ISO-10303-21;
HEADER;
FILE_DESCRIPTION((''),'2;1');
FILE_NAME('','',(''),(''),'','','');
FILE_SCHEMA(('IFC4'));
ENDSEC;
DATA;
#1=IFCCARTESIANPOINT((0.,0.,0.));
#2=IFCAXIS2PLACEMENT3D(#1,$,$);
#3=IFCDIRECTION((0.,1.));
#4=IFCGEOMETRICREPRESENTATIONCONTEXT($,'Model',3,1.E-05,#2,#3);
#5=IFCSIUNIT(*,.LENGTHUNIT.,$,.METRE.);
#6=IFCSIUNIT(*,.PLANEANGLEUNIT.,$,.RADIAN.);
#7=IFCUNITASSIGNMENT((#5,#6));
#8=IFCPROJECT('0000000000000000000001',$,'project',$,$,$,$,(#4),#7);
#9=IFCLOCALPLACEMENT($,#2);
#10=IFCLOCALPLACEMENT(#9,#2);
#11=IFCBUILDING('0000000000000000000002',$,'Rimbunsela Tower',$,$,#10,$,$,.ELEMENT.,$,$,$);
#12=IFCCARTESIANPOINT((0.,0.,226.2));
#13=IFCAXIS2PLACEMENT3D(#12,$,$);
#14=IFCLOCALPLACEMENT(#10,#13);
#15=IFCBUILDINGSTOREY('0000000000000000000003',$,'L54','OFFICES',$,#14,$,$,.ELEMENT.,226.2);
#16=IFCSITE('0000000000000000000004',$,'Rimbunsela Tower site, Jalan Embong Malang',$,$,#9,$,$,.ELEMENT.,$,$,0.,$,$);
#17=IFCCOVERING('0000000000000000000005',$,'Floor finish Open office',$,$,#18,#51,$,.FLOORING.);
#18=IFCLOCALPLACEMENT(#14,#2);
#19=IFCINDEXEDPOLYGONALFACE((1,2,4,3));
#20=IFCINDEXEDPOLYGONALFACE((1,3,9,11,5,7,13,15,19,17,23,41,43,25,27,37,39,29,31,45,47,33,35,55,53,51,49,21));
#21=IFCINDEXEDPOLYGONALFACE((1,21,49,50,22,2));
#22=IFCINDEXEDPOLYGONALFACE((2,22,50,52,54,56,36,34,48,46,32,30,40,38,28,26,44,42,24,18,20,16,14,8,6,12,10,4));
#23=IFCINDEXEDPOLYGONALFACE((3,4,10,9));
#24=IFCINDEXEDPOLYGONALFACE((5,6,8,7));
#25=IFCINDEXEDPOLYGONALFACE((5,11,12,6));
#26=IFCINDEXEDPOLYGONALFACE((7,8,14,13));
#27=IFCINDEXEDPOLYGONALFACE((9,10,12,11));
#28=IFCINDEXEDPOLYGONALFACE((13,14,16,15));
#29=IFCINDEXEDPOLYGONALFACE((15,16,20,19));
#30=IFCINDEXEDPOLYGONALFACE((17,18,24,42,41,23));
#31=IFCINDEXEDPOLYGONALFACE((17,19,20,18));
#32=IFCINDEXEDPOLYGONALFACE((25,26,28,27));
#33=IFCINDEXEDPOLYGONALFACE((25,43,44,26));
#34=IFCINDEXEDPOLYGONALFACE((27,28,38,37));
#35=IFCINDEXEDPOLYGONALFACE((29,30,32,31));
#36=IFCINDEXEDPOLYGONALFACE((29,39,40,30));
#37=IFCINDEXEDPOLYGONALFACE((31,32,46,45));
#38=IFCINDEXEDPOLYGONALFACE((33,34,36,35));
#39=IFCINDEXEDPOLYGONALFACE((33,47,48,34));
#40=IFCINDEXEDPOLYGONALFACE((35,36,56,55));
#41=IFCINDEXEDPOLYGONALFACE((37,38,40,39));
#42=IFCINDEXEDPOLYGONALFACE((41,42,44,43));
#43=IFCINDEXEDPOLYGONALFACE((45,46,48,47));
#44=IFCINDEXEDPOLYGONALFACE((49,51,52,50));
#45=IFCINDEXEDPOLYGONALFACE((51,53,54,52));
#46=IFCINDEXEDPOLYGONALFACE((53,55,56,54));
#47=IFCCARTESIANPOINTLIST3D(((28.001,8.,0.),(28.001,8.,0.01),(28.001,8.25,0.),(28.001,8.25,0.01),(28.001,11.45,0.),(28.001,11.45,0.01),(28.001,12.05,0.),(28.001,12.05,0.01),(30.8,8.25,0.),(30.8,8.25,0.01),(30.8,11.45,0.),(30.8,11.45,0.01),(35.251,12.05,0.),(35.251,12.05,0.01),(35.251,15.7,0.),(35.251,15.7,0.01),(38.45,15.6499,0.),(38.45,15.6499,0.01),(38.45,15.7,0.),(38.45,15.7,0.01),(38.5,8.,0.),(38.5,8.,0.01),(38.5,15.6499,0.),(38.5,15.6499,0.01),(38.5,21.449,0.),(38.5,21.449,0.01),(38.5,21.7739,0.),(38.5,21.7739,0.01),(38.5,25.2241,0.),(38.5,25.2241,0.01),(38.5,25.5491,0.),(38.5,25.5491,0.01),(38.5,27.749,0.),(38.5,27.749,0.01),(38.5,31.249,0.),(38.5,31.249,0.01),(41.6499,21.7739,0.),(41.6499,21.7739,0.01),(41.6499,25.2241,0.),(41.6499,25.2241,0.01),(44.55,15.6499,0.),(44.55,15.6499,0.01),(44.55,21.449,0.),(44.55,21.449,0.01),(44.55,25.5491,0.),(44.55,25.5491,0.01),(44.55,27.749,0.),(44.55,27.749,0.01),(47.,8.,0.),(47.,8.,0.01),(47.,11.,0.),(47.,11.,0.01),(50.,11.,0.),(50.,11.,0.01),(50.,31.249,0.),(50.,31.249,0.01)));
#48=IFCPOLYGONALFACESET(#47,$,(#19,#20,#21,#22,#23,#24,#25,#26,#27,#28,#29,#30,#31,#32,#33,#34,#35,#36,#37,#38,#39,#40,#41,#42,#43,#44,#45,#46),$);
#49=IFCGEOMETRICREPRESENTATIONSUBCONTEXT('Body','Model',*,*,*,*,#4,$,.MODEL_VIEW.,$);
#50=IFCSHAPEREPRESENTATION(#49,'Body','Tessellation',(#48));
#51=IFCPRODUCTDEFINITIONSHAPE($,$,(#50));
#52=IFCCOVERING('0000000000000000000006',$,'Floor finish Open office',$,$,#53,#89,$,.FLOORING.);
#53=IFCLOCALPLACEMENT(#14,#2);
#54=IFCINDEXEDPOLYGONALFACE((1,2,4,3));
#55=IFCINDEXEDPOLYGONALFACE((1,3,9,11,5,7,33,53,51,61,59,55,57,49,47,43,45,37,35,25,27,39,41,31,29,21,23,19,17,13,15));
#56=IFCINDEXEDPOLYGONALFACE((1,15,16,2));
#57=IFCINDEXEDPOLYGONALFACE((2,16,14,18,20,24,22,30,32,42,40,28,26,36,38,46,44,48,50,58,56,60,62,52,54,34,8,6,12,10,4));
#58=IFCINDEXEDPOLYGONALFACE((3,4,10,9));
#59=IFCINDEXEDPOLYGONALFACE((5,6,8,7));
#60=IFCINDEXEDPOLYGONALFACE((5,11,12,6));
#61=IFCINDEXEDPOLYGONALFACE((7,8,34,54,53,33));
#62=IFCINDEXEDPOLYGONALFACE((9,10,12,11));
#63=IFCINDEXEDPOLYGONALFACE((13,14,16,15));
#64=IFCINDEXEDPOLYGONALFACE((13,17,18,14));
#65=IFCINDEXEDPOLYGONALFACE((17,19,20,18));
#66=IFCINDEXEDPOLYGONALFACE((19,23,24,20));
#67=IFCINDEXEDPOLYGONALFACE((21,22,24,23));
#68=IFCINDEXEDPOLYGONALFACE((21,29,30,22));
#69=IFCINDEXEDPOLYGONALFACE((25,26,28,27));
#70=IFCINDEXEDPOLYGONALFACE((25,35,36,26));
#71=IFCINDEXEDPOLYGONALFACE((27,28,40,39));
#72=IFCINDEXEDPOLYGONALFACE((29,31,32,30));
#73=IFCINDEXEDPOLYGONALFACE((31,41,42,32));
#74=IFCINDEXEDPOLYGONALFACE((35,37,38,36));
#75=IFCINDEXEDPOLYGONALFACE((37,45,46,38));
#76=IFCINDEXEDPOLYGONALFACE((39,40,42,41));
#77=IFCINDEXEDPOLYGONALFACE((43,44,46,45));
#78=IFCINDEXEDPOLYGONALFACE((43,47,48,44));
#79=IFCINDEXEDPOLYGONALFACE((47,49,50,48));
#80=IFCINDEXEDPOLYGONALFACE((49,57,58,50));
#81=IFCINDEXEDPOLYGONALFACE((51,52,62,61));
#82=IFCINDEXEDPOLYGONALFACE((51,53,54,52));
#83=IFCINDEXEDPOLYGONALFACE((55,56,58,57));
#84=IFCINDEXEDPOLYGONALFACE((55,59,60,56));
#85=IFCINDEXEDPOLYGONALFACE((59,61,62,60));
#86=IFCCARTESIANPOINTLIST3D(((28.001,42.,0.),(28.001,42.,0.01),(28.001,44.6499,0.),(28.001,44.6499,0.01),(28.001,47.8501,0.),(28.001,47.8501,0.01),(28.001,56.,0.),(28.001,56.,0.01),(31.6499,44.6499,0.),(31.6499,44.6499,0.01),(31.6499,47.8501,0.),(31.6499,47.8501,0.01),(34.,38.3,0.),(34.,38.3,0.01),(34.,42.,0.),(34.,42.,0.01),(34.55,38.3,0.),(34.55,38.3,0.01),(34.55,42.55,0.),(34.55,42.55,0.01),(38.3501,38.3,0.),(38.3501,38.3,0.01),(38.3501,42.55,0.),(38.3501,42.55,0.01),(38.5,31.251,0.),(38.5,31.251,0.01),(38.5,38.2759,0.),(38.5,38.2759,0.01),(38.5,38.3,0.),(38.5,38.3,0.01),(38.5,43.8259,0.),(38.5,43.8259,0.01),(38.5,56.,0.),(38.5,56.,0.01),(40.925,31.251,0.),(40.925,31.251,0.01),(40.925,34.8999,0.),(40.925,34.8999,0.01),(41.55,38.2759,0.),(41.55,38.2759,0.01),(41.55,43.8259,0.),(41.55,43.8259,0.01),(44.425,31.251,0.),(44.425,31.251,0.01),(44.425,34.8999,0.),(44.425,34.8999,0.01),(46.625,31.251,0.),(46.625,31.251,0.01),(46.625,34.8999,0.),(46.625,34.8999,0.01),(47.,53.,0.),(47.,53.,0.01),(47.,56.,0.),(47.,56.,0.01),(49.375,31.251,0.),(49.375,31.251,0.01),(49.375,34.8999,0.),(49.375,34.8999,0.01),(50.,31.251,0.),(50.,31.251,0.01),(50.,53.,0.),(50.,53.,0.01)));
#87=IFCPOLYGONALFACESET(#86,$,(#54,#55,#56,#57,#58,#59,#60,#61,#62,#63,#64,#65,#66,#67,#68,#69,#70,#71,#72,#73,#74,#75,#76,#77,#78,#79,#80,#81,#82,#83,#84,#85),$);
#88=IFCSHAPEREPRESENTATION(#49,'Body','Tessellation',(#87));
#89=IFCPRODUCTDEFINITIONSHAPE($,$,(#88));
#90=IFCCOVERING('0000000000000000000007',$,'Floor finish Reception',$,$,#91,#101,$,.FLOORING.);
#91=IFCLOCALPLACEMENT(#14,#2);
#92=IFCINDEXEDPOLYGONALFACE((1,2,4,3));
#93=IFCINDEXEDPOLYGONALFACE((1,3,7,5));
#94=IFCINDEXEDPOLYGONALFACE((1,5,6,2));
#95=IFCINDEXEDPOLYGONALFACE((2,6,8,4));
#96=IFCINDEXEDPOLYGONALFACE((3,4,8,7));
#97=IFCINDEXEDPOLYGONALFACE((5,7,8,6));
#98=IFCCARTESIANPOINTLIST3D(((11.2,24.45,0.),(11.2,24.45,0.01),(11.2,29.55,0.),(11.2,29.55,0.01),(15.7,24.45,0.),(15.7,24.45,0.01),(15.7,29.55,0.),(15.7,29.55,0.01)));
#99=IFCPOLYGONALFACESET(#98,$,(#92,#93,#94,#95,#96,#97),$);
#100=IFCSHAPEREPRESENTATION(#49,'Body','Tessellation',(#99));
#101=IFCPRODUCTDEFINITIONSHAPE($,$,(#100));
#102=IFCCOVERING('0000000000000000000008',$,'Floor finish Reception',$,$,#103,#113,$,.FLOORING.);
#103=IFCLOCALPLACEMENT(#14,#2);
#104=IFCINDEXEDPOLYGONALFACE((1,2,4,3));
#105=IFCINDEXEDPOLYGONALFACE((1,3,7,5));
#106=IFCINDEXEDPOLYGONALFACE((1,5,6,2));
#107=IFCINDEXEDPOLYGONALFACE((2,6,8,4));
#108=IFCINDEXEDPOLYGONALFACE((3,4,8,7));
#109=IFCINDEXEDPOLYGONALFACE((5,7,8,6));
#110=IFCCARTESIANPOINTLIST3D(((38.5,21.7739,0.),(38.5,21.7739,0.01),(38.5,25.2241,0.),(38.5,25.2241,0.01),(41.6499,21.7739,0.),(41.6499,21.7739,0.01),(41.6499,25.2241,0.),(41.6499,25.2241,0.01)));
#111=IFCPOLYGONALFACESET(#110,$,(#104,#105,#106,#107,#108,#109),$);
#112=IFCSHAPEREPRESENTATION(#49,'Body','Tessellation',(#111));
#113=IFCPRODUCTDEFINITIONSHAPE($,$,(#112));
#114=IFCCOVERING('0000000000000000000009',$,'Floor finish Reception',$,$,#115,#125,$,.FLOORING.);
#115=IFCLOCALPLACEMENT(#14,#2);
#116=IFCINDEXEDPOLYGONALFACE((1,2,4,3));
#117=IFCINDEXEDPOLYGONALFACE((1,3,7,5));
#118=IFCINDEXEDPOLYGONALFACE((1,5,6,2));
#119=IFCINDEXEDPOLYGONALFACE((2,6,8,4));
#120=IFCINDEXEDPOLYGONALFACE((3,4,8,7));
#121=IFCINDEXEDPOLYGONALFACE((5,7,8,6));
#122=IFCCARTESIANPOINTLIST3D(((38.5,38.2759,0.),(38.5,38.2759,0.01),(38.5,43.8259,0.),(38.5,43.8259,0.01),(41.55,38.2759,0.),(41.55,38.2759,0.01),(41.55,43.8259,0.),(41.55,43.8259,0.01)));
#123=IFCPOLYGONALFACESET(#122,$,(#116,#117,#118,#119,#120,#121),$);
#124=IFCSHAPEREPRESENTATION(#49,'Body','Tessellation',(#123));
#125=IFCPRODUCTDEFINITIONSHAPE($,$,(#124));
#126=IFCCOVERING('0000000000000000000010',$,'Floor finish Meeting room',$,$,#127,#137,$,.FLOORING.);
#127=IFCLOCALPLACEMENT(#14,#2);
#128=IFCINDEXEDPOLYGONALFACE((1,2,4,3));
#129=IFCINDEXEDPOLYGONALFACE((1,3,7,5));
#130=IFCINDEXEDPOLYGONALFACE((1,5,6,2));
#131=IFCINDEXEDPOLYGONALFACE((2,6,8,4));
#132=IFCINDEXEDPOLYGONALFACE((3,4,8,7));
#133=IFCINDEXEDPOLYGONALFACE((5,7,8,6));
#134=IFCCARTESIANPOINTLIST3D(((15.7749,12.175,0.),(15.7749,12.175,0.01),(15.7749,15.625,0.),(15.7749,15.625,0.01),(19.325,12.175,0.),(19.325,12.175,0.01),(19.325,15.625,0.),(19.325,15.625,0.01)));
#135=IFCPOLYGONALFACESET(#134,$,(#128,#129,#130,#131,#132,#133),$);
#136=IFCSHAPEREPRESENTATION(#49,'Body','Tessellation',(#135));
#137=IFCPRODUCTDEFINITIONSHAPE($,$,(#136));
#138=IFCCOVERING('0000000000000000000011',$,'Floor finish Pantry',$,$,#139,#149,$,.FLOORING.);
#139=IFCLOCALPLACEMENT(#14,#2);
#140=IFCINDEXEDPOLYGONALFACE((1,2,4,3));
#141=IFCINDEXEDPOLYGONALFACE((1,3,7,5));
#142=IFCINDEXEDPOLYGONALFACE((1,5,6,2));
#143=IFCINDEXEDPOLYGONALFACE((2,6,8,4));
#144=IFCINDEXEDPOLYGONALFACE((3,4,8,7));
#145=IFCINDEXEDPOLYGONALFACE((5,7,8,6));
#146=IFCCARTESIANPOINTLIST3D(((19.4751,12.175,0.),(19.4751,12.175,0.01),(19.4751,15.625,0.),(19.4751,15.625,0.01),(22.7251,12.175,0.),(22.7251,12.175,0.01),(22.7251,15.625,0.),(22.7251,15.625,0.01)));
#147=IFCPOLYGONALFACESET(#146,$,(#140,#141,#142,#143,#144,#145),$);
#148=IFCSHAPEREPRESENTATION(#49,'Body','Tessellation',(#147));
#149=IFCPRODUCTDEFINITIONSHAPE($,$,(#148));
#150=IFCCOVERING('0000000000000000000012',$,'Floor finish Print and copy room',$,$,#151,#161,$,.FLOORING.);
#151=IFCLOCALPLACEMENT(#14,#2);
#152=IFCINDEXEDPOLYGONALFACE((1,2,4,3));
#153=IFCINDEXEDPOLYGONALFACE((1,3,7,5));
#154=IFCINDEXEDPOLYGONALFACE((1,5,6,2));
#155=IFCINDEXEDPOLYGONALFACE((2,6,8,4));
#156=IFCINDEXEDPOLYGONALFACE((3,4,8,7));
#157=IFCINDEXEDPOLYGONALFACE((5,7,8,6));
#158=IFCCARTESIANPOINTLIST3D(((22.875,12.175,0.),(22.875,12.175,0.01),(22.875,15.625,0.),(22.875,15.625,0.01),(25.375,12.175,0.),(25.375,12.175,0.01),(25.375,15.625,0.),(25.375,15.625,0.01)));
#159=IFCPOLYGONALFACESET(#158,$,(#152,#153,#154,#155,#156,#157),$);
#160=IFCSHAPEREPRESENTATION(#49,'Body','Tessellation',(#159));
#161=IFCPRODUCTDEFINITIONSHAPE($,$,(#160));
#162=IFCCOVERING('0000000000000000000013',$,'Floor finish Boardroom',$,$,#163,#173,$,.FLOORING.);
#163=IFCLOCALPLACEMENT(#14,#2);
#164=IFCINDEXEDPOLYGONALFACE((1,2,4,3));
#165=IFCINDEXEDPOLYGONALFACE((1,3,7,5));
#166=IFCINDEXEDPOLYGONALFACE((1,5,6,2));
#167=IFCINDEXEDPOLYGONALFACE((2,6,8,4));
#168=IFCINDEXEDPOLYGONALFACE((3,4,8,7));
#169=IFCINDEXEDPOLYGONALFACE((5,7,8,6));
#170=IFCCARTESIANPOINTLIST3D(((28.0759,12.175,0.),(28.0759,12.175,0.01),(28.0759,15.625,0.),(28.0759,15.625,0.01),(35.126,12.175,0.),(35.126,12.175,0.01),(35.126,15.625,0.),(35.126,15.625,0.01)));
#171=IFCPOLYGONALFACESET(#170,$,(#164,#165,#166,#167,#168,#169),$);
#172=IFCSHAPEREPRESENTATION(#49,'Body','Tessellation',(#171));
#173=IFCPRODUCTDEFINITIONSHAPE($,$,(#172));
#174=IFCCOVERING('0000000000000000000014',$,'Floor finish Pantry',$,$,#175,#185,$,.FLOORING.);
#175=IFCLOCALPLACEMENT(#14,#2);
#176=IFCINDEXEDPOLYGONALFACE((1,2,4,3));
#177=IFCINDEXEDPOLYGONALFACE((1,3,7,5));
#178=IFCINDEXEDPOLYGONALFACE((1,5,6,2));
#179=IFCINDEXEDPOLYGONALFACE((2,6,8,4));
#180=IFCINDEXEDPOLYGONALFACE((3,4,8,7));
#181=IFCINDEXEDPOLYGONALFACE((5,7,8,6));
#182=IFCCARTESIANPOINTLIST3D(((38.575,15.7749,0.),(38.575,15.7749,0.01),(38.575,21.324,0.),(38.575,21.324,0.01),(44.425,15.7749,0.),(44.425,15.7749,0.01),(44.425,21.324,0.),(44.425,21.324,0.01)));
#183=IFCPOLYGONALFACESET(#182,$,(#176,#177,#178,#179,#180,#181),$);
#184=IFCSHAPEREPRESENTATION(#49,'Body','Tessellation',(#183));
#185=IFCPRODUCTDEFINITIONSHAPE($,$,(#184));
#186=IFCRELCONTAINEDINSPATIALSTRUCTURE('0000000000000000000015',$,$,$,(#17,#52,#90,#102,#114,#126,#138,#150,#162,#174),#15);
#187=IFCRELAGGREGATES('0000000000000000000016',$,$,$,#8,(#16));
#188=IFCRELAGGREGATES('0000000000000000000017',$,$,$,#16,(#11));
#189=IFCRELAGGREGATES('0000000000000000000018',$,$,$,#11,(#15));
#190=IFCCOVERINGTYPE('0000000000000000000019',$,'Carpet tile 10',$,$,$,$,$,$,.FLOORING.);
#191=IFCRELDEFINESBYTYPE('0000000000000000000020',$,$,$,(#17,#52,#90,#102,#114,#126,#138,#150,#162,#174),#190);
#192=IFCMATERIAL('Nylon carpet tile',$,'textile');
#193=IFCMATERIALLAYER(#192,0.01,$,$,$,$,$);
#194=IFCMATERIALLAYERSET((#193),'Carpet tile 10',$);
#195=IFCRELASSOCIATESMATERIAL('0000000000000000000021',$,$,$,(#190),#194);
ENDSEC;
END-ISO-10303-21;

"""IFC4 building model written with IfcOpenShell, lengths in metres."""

from ifc_helpers import new_model, si_unit, direction, frame, origin, place, context, subcontext, project, spatial, polyline, outline, extrude, material, layer, layer_set, type_object, element, save


model = new_model("IFC4")

# Units and contexts
model_context = context("Model", 3, precision=1e-05, world=origin(), true_north=direction((0.0, 1.0)))
body_context = subcontext(model_context, "Body", "Model", "MODEL_VIEW")
ifc_project = project(units=[si_unit("LENGTHUNIT", "METRE"), si_unit("PLANEANGLEUNIT", "RADIAN")], contexts=[model_context])

# Site, building, storey
site_placement = place(None, origin())
site = spatial("IfcSite", under=ifc_project, at=site_placement, Name="Rimbunsela Tower site, Jalan Embong Malang", CompositionType="ELEMENT", RefElevation=0.0)
building_placement = place(site_placement, origin())
building = spatial("IfcBuilding", under=site, at=building_placement, Name="Rimbunsela Tower", CompositionType="ELEMENT")
storey_placement = place(building_placement, frame((0.0, 0.0, 226.2)))
storey = spatial("IfcBuildingStorey", under=building, at=storey_placement, Name="L54", Description="OFFICES", CompositionType="ELEMENT", Elevation=226.2)

# Coverings
ifc_material_1 = material(Name="Nylon carpet tile", Category="textile")
ifc_layer_1 = layer(ifc_material_1, 0.01)
ifc_layer_set_1 = layer_set([ifc_layer_1], Name="Carpet tile 10")
covering_type_1 = type_object("IfcCoveringType", Name="Carpet tile 10", PredefinedType="FLOORING", material=ifc_layer_set_1)
covering_1_placement = place(storey_placement, origin())
element("IfcCovering", 1, at=covering_1_placement, inside=storey, type_object=covering_type_1, Name="Floor finish Open office", PredefinedType="FLOORING", context=body_context, shape_type="SweptSolid", body=[
    extrude(outline(polyline([(28.001, 8.25), (30.8, 8.25), (30.8, 11.45), (28.001, 11.45), (28.001, 12.05), (35.251, 12.05), (35.251, 15.7), (38.45, 15.7), (38.45, 15.6499), (38.5, 15.6499), (44.55, 15.6499), (44.55, 21.449), (38.5, 21.449), (38.5, 21.7739), (41.6499, 21.7739), (41.6499, 25.2241), (38.5, 25.2241), (38.5, 25.5491), (44.55, 25.5491), (44.55, 27.749), (38.5, 27.749), (38.5, 31.249), (50.0, 31.249), (50.0, 11.0), (47.0, 11.0), (47.0, 8.0), (38.5, 8.0), (28.001, 8.0), (28.001, 8.25)])), origin(), (0.0, 0.0, 1.0), 0.01),
])
covering_2_placement = place(storey_placement, origin())
element("IfcCovering", 2, at=covering_2_placement, inside=storey, type_object=covering_type_1, Name="Floor finish Open office", PredefinedType="FLOORING", context=body_context, shape_type="SweptSolid", body=[
    extrude(outline(polyline([(38.5, 38.3), (38.3501, 38.3), (38.3501, 42.55), (34.55, 42.55), (34.55, 38.3), (34.0, 38.3), (34.0, 42.0), (28.001, 42.0), (28.001, 44.6499), (31.6499, 44.6499), (31.6499, 47.8501), (28.001, 47.8501), (28.001, 56.0), (38.5, 56.0), (47.0, 56.0), (47.0, 53.0), (50.0, 53.0), (50.0, 31.251), (49.375, 31.251), (49.375, 34.8999), (46.625, 34.8999), (46.625, 31.251), (44.425, 31.251), (44.425, 34.8999), (40.925, 34.8999), (40.925, 31.251), (38.5, 31.251), (38.5, 38.2759), (41.55, 38.2759), (41.55, 43.8259), (38.5, 43.8259), (38.5, 38.3)])), origin(), (0.0, 0.0, 1.0), 0.01),
])
covering_3_placement = place(storey_placement, origin())
element("IfcCovering", 3, at=covering_3_placement, inside=storey, type_object=covering_type_1, Name="Floor finish Reception", PredefinedType="FLOORING", context=body_context, shape_type="SweptSolid", body=[
    extrude(outline(polyline([(15.7, 24.45), (15.7, 29.55), (11.2, 29.55), (11.2, 24.45), (15.7, 24.45)])), origin(), (0.0, 0.0, 1.0), 0.01),
])
covering_4_placement = place(storey_placement, origin())
element("IfcCovering", 4, at=covering_4_placement, inside=storey, type_object=covering_type_1, Name="Floor finish Reception", PredefinedType="FLOORING", context=body_context, shape_type="SweptSolid", body=[
    extrude(outline(polyline([(41.6499, 21.7739), (41.6499, 25.2241), (38.5, 25.2241), (38.5, 21.7739), (41.6499, 21.7739)])), origin(), (0.0, 0.0, 1.0), 0.01),
])
covering_5_placement = place(storey_placement, origin())
element("IfcCovering", 5, at=covering_5_placement, inside=storey, type_object=covering_type_1, Name="Floor finish Reception", PredefinedType="FLOORING", context=body_context, shape_type="SweptSolid", body=[
    extrude(outline(polyline([(41.55, 38.2759), (41.55, 43.8259), (38.5, 43.8259), (38.5, 38.2759), (41.55, 38.2759)])), origin(), (0.0, 0.0, 1.0), 0.01),
])
covering_6_placement = place(storey_placement, origin())
element("IfcCovering", 6, at=covering_6_placement, inside=storey, type_object=covering_type_1, Name="Floor finish Meeting room", PredefinedType="FLOORING", context=body_context, shape_type="SweptSolid", body=[
    extrude(outline(polyline([(19.325, 12.175), (19.325, 15.625), (15.7749, 15.625), (15.7749, 12.175), (19.325, 12.175)])), origin(), (0.0, 0.0, 1.0), 0.01),
])
covering_7_placement = place(storey_placement, origin())
element("IfcCovering", 7, at=covering_7_placement, inside=storey, type_object=covering_type_1, Name="Floor finish Pantry", PredefinedType="FLOORING", context=body_context, shape_type="SweptSolid", body=[
    extrude(outline(polyline([(22.7251, 12.175), (22.7251, 15.625), (19.4751, 15.625), (19.4751, 12.175), (22.7251, 12.175)])), origin(), (0.0, 0.0, 1.0), 0.01),
])
covering_8_placement = place(storey_placement, origin())
element("IfcCovering", 8, at=covering_8_placement, inside=storey, type_object=covering_type_1, Name="Floor finish Print and copy room", PredefinedType="FLOORING", context=body_context, shape_type="SweptSolid", body=[
    extrude(outline(polyline([(25.375, 12.175), (25.375, 15.625), (22.875, 15.625), (22.875, 12.175), (25.375, 12.175)])), origin(), (0.0, 0.0, 1.0), 0.01),
])
covering_9_placement = place(storey_placement, origin())
element("IfcCovering", 9, at=covering_9_placement, inside=storey, type_object=covering_type_1, Name="Floor finish Boardroom", PredefinedType="FLOORING", context=body_context, shape_type="SweptSolid", body=[
    extrude(outline(polyline([(35.126, 12.175), (35.126, 15.625), (28.0759, 15.625), (28.0759, 12.175), (35.126, 12.175)])), origin(), (0.0, 0.0, 1.0), 0.01),
])
covering_10_placement = place(storey_placement, origin())
element("IfcCovering", 10, at=covering_10_placement, inside=storey, type_object=covering_type_1, Name="Floor finish Pantry", PredefinedType="FLOORING", context=body_context, shape_type="SweptSolid", body=[
    extrude(outline(polyline([(44.425, 15.7749), (44.425, 21.324), (38.575, 21.324), (38.575, 15.7749), (44.425, 15.7749)])), origin(), (0.0, 0.0, 1.0), 0.01),
])

save(model, "model.ifc")
